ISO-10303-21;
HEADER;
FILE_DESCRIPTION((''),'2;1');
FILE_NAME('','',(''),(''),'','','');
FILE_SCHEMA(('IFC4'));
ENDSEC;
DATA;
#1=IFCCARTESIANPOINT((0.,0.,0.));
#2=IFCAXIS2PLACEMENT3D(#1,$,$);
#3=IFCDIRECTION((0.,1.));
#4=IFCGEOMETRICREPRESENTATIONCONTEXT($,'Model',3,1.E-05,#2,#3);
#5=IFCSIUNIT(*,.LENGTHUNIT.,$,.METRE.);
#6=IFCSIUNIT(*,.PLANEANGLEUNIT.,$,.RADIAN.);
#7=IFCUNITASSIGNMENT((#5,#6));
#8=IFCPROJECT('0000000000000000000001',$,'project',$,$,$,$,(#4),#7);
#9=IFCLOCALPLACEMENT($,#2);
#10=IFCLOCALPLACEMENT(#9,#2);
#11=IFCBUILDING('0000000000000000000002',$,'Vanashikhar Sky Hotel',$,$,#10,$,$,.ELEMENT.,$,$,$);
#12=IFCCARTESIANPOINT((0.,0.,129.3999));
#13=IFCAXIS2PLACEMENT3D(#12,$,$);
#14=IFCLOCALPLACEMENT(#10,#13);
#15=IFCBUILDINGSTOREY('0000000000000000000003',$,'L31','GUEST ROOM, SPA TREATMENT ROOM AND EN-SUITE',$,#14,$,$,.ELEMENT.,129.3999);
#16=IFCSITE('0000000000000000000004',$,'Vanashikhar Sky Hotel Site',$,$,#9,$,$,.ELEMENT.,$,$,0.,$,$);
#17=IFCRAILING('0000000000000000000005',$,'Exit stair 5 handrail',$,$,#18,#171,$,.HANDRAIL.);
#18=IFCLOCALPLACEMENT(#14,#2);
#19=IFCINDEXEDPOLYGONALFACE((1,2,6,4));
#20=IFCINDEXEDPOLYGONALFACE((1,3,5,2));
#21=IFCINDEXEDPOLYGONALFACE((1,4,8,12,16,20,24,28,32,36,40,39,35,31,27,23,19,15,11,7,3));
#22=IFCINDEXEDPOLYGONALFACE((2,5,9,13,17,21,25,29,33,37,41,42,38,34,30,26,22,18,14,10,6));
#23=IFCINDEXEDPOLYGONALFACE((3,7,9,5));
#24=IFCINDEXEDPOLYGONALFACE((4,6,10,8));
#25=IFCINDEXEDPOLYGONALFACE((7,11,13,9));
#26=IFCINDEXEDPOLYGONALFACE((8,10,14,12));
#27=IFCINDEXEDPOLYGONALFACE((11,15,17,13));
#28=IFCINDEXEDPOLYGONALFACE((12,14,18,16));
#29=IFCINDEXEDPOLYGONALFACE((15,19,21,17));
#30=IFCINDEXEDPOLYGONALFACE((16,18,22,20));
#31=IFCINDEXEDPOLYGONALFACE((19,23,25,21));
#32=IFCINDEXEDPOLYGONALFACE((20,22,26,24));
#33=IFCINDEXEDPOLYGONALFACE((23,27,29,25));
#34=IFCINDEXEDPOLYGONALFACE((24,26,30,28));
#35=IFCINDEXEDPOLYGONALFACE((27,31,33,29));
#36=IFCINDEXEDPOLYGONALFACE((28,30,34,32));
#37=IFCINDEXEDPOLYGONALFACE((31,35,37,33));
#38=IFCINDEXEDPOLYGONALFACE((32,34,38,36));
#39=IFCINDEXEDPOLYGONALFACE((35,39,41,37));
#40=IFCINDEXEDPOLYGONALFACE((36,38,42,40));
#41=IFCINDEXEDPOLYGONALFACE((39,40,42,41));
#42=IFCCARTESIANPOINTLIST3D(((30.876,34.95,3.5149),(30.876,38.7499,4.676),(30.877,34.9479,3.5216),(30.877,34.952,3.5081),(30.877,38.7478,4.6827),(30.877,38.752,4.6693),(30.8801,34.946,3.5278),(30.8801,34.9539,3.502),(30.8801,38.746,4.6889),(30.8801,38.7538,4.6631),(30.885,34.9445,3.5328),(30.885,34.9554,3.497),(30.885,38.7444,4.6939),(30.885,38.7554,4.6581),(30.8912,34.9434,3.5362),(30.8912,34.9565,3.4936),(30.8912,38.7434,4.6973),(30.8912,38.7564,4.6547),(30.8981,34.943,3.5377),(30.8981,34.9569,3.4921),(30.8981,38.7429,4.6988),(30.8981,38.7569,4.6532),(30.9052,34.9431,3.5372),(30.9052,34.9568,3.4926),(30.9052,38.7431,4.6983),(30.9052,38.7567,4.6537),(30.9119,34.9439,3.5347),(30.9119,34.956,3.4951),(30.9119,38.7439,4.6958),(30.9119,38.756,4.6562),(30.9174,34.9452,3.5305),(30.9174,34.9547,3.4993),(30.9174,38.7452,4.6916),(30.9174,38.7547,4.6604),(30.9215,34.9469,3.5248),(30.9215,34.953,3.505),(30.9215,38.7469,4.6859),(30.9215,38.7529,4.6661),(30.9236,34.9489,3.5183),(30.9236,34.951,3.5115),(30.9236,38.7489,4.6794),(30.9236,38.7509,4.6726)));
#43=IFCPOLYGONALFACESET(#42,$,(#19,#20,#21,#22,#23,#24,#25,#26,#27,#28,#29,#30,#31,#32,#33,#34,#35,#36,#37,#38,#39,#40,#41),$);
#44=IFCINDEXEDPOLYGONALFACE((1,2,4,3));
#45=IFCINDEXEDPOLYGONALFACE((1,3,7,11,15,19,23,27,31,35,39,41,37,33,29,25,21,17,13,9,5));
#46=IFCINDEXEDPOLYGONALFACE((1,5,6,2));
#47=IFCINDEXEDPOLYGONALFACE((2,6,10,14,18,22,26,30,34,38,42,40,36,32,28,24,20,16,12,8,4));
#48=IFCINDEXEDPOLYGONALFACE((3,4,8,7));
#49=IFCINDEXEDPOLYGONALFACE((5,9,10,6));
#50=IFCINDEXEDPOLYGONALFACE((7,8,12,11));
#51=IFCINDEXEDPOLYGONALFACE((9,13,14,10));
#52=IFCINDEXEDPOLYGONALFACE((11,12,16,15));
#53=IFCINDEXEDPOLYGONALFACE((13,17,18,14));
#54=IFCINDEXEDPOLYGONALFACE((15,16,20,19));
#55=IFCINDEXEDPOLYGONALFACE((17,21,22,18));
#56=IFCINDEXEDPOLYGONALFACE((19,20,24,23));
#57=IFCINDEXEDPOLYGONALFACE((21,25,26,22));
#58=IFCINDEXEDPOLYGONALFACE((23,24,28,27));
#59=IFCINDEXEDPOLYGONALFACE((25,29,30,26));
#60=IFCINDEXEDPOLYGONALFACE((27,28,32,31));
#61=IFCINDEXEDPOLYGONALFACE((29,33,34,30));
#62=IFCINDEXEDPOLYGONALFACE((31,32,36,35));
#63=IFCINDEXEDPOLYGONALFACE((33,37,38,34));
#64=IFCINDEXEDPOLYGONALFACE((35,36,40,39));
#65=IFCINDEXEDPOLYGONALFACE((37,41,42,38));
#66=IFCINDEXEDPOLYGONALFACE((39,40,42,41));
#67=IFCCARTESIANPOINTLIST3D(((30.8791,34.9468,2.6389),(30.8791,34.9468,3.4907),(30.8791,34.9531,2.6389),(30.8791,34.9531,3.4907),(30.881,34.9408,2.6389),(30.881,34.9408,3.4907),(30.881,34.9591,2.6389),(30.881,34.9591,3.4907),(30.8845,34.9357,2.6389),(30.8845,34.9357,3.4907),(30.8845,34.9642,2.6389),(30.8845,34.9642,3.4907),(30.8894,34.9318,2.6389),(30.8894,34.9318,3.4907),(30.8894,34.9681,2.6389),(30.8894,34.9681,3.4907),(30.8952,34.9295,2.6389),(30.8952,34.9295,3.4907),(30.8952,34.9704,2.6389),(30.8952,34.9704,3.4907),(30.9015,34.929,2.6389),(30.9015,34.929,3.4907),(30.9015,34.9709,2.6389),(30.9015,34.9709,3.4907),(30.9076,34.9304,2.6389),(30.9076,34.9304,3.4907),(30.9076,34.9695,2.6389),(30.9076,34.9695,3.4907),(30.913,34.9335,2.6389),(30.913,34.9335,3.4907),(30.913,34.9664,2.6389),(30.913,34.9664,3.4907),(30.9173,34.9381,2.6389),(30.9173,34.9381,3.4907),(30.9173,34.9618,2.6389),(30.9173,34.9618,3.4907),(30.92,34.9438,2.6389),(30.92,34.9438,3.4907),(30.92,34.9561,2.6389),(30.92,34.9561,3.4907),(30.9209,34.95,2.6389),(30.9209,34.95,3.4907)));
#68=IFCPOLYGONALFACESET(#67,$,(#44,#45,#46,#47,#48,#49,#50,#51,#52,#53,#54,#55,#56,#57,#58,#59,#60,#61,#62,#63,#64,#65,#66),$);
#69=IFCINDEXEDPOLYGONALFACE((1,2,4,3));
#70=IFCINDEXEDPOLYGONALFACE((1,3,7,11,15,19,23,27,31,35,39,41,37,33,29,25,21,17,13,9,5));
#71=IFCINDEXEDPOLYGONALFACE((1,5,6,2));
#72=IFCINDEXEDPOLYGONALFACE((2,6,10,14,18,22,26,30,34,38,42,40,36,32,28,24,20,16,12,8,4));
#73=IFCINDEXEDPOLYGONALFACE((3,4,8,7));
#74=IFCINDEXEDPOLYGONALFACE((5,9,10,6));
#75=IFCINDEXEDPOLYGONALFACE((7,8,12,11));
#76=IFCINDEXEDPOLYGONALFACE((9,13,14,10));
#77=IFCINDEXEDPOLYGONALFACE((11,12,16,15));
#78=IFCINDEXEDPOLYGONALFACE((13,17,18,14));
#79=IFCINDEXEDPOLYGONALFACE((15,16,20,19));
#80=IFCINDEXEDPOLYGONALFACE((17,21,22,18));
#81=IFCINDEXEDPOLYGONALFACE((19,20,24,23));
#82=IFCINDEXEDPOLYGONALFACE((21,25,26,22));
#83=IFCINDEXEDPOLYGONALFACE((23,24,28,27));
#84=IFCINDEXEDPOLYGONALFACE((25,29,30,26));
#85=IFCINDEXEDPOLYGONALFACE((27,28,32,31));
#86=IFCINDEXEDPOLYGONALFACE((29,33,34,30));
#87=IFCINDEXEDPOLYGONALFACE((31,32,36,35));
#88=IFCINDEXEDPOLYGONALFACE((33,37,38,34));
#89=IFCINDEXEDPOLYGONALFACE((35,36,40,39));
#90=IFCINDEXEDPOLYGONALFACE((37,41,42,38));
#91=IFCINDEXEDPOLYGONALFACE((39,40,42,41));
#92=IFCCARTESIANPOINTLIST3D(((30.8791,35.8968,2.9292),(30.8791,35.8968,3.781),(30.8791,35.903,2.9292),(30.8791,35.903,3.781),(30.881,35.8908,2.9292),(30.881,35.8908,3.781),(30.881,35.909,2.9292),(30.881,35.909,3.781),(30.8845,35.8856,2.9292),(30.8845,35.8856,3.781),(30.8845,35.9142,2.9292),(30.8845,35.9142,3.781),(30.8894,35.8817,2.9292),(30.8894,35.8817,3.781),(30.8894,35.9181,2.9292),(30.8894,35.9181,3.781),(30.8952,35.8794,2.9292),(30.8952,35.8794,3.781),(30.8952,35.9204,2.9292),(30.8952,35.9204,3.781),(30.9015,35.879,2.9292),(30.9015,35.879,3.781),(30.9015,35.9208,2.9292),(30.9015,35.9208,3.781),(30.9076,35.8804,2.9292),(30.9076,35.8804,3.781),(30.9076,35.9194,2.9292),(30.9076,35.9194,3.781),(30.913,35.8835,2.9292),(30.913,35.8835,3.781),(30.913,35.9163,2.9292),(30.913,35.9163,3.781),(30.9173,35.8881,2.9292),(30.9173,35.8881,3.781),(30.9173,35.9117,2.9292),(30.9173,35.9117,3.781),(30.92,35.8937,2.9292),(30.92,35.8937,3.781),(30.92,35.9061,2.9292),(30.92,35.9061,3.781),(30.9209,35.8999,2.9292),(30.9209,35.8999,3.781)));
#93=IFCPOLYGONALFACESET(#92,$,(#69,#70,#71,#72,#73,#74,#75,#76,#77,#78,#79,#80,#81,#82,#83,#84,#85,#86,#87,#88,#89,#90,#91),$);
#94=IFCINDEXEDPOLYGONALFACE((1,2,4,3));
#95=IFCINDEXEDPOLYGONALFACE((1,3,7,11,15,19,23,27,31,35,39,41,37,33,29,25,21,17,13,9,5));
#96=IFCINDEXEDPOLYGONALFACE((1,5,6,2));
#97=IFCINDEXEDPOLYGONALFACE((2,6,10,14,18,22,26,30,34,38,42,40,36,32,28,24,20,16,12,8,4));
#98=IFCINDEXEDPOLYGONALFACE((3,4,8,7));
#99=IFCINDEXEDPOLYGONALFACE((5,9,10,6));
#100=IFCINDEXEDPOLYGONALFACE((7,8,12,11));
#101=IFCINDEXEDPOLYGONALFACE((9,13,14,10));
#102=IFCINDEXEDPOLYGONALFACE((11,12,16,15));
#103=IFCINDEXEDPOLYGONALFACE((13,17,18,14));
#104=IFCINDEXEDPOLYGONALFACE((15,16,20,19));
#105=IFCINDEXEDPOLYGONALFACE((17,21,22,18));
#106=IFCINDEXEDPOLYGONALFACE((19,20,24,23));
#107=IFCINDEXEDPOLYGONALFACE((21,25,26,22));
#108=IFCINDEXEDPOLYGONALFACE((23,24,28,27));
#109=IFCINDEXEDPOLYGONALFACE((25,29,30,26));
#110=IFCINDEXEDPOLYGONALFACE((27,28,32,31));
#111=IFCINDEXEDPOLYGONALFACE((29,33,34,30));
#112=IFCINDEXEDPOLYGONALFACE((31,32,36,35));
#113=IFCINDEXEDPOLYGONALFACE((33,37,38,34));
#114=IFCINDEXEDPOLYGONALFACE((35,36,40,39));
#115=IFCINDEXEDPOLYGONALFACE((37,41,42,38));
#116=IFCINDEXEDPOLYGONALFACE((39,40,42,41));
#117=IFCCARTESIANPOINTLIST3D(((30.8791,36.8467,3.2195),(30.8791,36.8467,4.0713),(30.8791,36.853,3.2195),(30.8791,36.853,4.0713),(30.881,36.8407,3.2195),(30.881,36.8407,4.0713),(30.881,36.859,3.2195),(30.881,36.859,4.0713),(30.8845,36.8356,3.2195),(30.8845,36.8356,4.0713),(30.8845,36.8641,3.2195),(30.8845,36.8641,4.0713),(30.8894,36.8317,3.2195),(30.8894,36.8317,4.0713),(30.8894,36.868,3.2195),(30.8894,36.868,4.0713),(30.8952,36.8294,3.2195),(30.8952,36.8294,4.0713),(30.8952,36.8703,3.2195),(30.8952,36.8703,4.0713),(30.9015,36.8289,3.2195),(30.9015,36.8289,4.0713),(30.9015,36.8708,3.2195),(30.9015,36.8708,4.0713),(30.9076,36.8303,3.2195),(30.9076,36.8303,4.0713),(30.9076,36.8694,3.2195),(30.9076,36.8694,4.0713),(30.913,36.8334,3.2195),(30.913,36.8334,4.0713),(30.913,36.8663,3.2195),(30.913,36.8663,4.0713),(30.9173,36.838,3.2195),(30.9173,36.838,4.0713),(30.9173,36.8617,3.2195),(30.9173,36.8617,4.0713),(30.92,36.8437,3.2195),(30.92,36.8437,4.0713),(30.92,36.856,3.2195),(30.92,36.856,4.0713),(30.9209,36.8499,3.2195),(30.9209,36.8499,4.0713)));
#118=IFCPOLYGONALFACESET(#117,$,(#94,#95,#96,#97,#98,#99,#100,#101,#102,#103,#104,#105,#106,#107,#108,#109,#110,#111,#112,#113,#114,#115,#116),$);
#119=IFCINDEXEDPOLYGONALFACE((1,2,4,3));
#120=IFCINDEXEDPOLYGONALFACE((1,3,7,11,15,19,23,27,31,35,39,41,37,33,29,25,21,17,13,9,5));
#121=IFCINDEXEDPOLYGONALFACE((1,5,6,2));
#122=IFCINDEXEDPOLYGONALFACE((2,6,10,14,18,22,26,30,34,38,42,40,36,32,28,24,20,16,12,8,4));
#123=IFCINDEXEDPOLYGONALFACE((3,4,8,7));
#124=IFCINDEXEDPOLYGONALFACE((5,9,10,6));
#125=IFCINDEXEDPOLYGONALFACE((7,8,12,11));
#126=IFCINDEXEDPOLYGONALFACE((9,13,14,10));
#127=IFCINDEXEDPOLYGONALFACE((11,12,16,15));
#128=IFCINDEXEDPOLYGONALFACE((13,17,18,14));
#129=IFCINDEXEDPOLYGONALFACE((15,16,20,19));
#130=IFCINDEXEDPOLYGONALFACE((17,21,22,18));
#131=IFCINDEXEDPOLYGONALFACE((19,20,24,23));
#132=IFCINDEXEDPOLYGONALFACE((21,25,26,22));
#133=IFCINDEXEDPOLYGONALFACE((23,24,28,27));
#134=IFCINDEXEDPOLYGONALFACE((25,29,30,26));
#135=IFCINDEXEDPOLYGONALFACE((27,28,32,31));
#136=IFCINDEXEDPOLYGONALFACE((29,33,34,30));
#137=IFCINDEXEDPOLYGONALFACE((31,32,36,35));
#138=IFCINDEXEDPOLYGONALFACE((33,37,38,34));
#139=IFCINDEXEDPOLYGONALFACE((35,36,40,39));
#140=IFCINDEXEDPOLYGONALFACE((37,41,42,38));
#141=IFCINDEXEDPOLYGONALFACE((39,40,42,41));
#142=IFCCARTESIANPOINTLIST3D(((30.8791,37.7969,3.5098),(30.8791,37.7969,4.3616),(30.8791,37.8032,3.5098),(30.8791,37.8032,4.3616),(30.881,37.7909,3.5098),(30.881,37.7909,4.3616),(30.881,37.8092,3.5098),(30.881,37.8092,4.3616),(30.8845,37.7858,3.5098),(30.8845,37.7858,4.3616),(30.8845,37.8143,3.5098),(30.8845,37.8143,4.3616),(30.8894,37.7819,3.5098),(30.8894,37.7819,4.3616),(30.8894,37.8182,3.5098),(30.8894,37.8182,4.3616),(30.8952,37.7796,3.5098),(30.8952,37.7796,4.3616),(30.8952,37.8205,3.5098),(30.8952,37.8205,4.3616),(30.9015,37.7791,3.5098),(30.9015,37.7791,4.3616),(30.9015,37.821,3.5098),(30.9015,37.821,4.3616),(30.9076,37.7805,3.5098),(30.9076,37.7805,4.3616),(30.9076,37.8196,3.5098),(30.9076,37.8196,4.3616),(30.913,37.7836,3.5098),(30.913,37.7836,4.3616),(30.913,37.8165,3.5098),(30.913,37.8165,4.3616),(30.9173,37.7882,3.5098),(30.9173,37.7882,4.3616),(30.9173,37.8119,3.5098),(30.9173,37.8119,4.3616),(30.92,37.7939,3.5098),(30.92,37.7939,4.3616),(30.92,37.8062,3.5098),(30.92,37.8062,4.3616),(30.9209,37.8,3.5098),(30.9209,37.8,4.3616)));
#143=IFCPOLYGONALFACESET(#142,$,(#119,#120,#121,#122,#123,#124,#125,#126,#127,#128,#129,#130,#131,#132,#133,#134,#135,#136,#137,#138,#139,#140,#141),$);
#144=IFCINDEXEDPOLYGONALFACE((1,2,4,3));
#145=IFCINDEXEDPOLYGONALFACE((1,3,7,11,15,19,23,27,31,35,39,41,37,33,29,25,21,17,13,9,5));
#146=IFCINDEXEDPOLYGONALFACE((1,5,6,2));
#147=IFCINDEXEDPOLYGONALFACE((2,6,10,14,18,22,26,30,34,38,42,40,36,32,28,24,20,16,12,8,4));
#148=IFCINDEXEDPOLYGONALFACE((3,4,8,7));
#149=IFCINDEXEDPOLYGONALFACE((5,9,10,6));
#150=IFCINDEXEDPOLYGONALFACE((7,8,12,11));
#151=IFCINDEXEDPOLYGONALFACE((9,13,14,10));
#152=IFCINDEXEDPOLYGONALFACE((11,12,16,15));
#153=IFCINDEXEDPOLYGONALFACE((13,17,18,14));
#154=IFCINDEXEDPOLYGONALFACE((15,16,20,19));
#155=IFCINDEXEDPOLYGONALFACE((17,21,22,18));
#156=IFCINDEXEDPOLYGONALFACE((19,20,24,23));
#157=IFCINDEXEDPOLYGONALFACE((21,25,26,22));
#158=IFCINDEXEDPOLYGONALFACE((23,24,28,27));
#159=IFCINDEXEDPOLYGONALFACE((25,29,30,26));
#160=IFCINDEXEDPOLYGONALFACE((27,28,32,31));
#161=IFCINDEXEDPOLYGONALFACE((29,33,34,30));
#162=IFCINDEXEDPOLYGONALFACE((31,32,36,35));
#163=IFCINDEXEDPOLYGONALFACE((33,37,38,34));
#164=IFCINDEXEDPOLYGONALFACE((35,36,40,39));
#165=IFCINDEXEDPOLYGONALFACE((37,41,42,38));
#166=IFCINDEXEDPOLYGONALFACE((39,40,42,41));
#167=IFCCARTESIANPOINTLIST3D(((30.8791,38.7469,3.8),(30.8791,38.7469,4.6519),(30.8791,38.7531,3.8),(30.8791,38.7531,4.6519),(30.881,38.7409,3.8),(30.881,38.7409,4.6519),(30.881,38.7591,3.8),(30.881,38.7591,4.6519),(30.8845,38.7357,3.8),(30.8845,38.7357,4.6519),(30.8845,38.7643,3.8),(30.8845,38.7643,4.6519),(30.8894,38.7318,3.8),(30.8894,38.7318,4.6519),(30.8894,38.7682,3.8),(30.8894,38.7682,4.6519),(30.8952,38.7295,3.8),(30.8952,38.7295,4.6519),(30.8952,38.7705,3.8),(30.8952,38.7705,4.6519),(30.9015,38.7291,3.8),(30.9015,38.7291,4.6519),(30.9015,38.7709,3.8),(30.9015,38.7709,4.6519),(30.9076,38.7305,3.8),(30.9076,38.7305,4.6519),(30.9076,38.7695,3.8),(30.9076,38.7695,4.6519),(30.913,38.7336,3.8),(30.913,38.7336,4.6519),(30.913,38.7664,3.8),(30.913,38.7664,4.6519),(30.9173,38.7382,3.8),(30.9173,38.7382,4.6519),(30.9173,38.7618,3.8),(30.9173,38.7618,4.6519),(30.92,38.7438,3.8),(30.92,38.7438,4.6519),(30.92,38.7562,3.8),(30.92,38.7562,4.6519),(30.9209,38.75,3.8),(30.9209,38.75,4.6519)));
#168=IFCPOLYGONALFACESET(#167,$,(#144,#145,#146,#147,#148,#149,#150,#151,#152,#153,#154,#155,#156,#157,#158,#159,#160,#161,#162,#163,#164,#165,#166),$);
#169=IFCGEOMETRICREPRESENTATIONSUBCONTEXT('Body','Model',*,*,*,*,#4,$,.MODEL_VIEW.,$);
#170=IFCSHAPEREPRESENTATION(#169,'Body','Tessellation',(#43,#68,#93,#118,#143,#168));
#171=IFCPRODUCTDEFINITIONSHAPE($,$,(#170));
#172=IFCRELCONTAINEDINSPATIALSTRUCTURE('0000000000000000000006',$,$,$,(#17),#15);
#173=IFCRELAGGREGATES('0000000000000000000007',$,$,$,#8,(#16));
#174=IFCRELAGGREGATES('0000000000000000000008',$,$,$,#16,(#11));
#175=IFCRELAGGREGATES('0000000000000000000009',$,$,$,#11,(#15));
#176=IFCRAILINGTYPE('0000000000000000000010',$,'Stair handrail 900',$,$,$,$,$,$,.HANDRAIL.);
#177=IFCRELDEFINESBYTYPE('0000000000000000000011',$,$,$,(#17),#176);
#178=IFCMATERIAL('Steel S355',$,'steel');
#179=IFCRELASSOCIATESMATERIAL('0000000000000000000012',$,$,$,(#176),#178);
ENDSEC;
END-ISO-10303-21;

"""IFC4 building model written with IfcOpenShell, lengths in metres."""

from ifc_helpers import new_model, si_unit, direction, frame, origin, origin_2d, place, context, subcontext, project, spatial, circle, extrude, source, transform, mapped, material, type_object, element, save


model = new_model("IFC4")

# Units and contexts
model_context = context("Model", 3, precision=1e-05, world=origin(), true_north=direction((0.0, 1.0)))
body_context = subcontext(model_context, "Body", "Model", "MODEL_VIEW")
ifc_project = project(units=[si_unit("LENGTHUNIT", "METRE"), si_unit("PLANEANGLEUNIT", "RADIAN")], contexts=[model_context])

# Site, building, storey
site_placement = place(None, origin())
site = spatial("IfcSite", under=ifc_project, at=site_placement, Name="Vanashikhar Sky Hotel Site", CompositionType="ELEMENT", RefElevation=0.0)
building_placement = place(site_placement, origin())
building = spatial("IfcBuilding", under=site, at=building_placement, Name="Vanashikhar Sky Hotel", CompositionType="ELEMENT")
storey_placement = place(building_placement, frame((0.0, 0.0, 129.3999)))
storey = spatial("IfcBuildingStorey", under=building, at=storey_placement, Name="L31", Description="GUEST ROOM, SPA TREATMENT ROOM AND EN-SUITE", CompositionType="ELEMENT", Elevation=129.3999)

# Railing
ifc_material_1 = material(Name="Steel S355", Category="steel")
railing_type_1 = type_object("IfcRailingType", Name="Stair handrail 900", PredefinedType="HANDRAIL", material=ifc_material_1)
shared_shape_1 = source(origin(), body_context, "Body", "SweptSolid", [
    extrude(circle(Radius=0.0239, at=origin_2d()), frame((0.0, 0.0, 0.876), z_axis=(0.0, 0.956351, 0.29222), x_axis=(-1.0, 0.0, 0.0)), (0.0, 0.0, 1.0), 3.9734),
    extrude(circle(Radius=0.021, at=origin_2d()), origin(), (0.0, 0.0, 1.0), 0.8518),
    extrude(circle(Radius=0.021, at=origin_2d()), frame((0.0, 0.95, 0.2903)), (0.0, 0.0, 1.0), 0.8518),
    extrude(circle(Radius=0.021, at=origin_2d()), frame((0.0, 1.8999, 0.5806)), (0.0, 0.0, 1.0), 0.8518),
    extrude(circle(Radius=0.021, at=origin_2d()), frame((0.0, 2.8501, 0.8708)), (0.0, 0.0, 1.0), 0.8518),
    extrude(circle(Radius=0.021, at=origin_2d()), frame((0.0, 3.8, 1.1611)), (0.0, 0.0, 1.0), 0.8518),
])
for number, where, name in (
    (1, (30.8999, 34.95, 2.6389), "Exit stair 5 handrail"),
):
    element("IfcRailing", number, at=place(storey_placement, frame(where)), inside=storey, type_object=railing_type_1, Name=name, PredefinedType="HANDRAIL", context=body_context, shape_type="MappedRepresentation", body=[
        mapped(shared_shape_1, transform((0.0, 0.0, 0.0), scale=1.0)),
    ])

save(model, "model.ifc")
